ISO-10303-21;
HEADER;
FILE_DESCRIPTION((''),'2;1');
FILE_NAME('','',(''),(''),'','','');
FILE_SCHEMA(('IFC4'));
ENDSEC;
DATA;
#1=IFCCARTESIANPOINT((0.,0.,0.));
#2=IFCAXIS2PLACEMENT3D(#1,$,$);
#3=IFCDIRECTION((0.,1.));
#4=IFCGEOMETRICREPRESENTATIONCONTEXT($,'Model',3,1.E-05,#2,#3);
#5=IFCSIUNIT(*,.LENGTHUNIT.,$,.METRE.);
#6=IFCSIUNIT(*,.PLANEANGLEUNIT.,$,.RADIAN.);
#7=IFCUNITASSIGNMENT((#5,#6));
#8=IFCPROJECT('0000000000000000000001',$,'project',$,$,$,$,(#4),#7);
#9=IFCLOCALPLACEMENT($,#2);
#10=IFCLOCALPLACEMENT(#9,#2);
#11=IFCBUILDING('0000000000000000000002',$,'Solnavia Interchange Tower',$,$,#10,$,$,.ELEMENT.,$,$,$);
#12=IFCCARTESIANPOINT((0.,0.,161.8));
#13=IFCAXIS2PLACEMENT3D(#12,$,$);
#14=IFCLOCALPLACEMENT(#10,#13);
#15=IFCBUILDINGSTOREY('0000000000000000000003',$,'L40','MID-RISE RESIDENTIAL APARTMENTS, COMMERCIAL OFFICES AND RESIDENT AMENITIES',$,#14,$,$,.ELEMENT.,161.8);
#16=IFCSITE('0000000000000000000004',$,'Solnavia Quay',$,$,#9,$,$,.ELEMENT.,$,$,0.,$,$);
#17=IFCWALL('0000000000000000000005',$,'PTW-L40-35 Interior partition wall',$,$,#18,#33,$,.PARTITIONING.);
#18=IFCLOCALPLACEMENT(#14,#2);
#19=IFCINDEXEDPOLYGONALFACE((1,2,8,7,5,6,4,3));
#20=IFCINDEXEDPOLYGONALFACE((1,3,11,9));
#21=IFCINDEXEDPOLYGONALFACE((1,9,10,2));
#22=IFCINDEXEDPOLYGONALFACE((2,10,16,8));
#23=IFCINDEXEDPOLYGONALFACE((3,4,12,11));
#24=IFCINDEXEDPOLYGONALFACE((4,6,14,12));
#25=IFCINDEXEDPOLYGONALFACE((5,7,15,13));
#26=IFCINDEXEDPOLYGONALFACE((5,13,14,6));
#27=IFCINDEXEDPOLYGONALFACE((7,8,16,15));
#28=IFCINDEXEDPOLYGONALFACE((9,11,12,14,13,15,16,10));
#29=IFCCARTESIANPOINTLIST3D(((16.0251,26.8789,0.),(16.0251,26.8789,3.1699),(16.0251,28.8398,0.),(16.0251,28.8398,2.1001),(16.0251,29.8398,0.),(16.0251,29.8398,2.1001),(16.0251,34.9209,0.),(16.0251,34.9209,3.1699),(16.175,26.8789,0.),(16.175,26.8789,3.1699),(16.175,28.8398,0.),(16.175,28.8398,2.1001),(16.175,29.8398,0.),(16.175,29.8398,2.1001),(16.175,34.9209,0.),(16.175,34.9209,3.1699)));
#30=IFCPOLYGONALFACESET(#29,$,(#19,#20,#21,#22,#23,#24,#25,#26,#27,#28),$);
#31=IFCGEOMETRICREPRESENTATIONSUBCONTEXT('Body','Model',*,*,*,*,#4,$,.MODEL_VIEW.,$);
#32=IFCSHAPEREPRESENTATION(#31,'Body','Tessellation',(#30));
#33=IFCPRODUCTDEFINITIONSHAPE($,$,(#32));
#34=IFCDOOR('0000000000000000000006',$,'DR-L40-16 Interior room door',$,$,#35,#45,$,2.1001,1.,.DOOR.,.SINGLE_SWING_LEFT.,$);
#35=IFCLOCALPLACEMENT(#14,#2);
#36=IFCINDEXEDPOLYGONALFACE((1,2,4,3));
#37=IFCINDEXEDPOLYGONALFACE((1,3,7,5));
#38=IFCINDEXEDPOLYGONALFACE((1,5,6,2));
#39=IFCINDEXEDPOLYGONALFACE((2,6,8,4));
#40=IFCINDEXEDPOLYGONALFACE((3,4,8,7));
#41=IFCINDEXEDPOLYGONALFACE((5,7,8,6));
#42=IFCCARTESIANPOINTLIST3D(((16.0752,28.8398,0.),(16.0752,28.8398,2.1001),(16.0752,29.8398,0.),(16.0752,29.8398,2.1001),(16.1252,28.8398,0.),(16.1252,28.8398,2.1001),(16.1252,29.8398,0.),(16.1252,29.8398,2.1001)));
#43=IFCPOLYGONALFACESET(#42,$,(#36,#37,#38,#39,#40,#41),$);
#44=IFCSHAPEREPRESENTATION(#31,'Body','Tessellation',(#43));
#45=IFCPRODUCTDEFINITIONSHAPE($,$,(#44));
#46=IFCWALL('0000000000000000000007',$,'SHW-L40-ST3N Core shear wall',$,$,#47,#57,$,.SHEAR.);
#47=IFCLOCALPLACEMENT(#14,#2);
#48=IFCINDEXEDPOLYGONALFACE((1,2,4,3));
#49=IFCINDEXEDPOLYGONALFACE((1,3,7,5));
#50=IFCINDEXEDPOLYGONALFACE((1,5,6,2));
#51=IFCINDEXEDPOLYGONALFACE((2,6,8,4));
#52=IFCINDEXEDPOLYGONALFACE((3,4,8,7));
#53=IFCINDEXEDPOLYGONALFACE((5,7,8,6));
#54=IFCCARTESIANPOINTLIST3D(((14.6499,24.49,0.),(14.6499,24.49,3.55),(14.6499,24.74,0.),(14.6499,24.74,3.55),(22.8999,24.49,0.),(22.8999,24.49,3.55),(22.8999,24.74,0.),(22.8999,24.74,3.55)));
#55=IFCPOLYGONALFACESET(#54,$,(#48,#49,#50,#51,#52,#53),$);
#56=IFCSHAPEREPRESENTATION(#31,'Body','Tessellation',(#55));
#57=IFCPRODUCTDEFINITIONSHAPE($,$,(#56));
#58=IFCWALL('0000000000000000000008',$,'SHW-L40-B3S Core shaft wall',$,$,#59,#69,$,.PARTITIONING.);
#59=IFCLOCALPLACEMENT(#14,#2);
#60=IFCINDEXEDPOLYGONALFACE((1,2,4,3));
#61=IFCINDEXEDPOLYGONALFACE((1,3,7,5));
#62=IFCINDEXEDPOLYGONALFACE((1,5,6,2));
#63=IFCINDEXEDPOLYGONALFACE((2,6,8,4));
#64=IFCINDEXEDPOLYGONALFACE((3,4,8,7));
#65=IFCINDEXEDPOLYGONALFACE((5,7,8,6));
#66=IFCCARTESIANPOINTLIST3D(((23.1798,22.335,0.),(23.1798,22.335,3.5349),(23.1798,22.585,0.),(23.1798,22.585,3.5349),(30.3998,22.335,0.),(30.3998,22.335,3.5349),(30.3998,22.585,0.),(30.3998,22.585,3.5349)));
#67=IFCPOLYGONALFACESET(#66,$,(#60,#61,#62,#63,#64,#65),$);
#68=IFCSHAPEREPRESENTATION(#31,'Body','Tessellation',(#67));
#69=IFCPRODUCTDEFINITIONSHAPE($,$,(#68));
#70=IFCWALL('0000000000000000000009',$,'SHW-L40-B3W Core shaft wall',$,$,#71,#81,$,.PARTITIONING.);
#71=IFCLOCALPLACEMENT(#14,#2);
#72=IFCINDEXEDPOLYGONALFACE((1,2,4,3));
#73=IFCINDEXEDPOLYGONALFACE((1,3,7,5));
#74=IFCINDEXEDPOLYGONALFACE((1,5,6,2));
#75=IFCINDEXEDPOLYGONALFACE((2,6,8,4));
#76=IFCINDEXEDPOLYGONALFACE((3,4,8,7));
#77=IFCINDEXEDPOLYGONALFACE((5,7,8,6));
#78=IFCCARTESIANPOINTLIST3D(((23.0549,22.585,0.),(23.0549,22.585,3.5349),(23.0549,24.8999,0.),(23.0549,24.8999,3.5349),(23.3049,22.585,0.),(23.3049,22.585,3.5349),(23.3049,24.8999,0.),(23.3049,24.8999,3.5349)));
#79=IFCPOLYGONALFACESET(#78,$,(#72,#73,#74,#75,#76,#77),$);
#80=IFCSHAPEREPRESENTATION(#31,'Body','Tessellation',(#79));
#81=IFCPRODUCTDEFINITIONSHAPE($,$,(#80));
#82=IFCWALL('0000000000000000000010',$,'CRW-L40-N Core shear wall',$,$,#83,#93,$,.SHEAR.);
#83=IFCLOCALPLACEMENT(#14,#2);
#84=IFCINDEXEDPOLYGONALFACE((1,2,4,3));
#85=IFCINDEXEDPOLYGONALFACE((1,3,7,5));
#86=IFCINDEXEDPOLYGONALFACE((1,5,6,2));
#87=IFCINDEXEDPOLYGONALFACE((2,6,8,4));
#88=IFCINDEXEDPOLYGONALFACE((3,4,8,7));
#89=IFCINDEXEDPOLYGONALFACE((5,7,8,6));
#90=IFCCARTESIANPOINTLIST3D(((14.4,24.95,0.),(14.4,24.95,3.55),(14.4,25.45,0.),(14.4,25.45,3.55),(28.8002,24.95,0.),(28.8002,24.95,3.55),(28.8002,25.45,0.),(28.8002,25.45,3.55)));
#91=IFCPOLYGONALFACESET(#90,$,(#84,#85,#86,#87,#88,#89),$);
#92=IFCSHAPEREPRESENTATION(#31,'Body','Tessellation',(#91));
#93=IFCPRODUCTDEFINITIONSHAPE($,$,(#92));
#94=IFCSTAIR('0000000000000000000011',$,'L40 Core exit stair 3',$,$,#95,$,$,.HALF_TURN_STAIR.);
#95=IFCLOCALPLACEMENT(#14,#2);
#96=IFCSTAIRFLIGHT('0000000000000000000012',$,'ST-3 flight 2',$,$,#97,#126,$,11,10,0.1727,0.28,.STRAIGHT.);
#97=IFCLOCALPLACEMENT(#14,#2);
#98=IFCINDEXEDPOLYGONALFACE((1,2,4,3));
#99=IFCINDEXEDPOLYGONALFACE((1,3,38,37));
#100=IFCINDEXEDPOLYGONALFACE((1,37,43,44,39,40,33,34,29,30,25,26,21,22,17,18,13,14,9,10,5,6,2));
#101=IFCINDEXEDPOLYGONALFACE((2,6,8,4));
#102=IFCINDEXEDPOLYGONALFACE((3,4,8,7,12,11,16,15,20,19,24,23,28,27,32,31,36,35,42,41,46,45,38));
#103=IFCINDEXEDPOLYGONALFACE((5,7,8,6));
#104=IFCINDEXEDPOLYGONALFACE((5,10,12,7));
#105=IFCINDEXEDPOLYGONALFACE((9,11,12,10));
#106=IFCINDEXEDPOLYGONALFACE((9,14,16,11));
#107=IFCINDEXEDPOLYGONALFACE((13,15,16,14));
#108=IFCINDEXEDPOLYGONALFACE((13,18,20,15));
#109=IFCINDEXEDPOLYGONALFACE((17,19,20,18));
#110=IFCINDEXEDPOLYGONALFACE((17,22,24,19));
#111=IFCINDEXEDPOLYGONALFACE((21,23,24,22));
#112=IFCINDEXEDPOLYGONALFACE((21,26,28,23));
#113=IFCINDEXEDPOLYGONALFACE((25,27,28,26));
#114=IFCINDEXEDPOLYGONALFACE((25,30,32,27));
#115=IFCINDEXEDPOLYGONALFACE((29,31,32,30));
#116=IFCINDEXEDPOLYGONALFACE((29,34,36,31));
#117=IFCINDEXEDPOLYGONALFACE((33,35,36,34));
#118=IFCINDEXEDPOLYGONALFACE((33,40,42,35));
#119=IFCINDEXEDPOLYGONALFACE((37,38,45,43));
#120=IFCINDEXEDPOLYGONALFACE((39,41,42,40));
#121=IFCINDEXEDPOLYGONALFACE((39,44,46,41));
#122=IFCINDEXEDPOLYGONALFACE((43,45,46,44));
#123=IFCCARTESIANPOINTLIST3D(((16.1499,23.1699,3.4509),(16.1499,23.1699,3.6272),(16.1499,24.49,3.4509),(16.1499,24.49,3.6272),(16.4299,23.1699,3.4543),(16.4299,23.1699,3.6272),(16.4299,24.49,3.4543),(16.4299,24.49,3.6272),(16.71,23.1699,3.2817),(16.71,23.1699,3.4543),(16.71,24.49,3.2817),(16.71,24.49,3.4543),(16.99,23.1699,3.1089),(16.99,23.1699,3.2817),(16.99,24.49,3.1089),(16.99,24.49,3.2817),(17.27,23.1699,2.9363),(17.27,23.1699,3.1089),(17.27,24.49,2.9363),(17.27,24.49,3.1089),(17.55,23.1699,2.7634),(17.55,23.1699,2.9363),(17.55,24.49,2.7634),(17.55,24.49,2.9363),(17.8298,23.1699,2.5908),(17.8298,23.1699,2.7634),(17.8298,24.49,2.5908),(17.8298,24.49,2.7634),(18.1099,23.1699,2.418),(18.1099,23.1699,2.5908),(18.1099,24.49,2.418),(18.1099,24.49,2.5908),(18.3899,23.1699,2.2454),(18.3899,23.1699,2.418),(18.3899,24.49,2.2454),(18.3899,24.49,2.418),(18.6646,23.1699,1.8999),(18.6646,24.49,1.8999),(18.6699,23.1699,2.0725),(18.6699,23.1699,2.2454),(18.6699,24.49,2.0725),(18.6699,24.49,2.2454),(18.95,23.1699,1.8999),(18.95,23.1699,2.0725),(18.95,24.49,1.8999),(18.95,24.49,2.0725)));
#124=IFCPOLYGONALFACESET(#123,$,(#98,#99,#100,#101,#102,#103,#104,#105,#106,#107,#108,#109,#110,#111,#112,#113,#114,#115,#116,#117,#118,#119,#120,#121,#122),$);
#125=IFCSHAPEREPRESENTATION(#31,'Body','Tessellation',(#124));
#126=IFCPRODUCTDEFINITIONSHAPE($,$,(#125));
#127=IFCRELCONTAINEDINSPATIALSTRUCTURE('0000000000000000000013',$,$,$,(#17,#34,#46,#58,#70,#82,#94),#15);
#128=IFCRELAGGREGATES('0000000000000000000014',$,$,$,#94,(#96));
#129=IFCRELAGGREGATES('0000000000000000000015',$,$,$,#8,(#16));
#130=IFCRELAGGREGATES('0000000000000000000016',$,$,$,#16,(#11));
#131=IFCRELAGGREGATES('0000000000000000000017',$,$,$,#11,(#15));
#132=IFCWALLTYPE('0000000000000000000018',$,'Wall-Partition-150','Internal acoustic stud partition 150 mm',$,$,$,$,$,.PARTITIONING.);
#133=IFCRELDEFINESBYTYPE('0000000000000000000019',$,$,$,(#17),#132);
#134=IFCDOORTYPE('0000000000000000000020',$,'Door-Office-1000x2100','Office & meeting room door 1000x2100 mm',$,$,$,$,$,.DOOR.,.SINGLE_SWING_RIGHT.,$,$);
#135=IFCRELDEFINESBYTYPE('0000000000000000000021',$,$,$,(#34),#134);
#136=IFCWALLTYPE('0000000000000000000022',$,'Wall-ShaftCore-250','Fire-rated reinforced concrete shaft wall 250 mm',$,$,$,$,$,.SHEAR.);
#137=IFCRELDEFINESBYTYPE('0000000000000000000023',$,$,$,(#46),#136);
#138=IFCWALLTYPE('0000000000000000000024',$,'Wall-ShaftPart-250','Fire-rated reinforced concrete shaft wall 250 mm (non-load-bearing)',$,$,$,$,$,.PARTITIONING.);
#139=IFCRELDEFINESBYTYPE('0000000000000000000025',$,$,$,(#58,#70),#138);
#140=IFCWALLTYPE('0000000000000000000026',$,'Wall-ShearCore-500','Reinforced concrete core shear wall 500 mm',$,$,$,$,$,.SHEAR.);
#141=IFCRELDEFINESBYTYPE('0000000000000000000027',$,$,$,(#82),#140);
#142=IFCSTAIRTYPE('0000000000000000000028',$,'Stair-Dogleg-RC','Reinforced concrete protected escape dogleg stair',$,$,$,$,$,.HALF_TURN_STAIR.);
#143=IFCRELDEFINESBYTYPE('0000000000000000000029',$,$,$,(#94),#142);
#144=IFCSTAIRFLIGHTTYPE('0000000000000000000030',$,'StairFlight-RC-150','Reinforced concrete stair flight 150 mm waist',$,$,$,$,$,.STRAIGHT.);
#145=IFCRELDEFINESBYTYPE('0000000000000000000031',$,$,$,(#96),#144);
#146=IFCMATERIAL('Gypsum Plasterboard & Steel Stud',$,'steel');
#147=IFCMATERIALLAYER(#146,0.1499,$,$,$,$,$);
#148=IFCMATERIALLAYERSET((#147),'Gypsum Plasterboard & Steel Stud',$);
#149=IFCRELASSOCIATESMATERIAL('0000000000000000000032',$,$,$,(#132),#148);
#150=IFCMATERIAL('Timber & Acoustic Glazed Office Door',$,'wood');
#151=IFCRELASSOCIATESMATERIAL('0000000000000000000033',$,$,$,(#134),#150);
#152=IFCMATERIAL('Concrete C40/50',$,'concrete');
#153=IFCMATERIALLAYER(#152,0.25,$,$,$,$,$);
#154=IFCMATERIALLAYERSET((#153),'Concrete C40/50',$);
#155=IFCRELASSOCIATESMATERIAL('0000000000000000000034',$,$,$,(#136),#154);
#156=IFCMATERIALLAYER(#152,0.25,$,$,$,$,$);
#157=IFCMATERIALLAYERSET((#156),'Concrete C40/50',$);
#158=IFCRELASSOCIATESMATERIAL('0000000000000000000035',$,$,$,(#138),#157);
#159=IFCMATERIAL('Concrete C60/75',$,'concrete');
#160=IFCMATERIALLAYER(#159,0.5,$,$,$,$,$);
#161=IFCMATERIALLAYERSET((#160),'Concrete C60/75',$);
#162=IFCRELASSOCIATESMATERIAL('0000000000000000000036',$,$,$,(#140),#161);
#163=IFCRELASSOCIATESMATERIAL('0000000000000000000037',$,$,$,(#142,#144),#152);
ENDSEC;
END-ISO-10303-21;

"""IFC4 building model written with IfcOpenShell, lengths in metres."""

from ifc_helpers import new_model, si_unit, direction, frame, frame_2d, origin, place, context, subcontext, project, spatial, polyline, rectangle, outline, extrude, material, layer, layer_set, type_object, element, fill, aggregate, save


model = new_model("IFC4")

# Units and contexts
model_context = context("Model", 3, precision=1e-05, world=origin(), true_north=direction((0.0, 1.0)))
body_context = subcontext(model_context, "Body", "Model", "MODEL_VIEW")
ifc_project = project(units=[si_unit("LENGTHUNIT", "METRE"), si_unit("PLANEANGLEUNIT", "RADIAN")], contexts=[model_context])

# Site, building, storey
site_placement = place(None, origin())
site = spatial("IfcSite", under=ifc_project, at=site_placement, Name="Solnavia Quay", CompositionType="ELEMENT", RefElevation=0.0)
building_placement = place(site_placement, origin())
building = spatial("IfcBuilding", under=site, at=building_placement, Name="Solnavia Interchange Tower", CompositionType="ELEMENT")
storey_placement = place(building_placement, frame((0.0, 0.0, 161.8)))
storey = spatial("IfcBuildingStorey", under=building, at=storey_placement, Name="L40", Description="MID-RISE RESIDENTIAL APARTMENTS, COMMERCIAL OFFICES AND RESIDENT AMENITIES", CompositionType="ELEMENT", Elevation=161.8)

# Shared definitions
ifc_material_1 = material(Name="Gypsum Plasterboard & Steel Stud", Category="steel")
ifc_layer_1 = layer(ifc_material_1, 0.1499)
ifc_layer_set_1 = layer_set([ifc_layer_1], Name="Gypsum Plasterboard & Steel Stud")
wall_type_1 = type_object("IfcWallType", Name="Wall-Partition-150", Description="Internal acoustic stud partition 150 mm", PredefinedType="PARTITIONING", material=ifc_layer_set_1)

# Wall, opening, door
wall_1_placement = place(storey_placement, frame((16.1001, 26.8789, 0.0), z_axis=(0.0, 0.0, 1.0), x_axis=(0.0, 1.0, 0.0)))
wall_1 = element("IfcWall", 1, at=wall_1_placement, inside=storey, type_object=wall_type_1, Name="PTW-L40-35 Interior partition wall", PredefinedType="PARTITIONING", context=body_context, shape_type="SweptSolid", body=[
    extrude(rectangle(XDim=8.042, YDim=0.1499, at=frame_2d((4.021, 0.0))), origin(), (0.0, 0.0, 1.0), 3.1699),
])
opening_placement = place(wall_1_placement, frame((1.9609, 0.0, 0.0)))
opening = element("IfcOpeningElement", 2, at=opening_placement, cuts=wall_1, PredefinedType="OPENING", context=body_context, shape_type="SweptSolid", body=[
    extrude(rectangle(XDim=1.0, YDim=2.1001, at=frame_2d((0.5, 1.05))), frame((0.0, 0.085, 0.0), z_axis=(0.0, -1.0, 0.0), x_axis=(1.0, 0.0, 0.0)), (0.0, 0.0, 1.0), 0.1699),
])
ifc_material_2 = material(Name="Timber & Acoustic Glazed Office Door", Category="wood")
door_type = type_object("IfcDoorType", Name="Door-Office-1000x2100", Description="Office & meeting room door 1000x2100 mm", OperationType="SINGLE_SWING_RIGHT", PredefinedType="DOOR", material=ifc_material_2)
door_placement = place(opening_placement, origin())
door = element("IfcDoor", 3, at=door_placement, inside=storey, type_object=door_type, Name="DR-L40-16 Interior room door", OperationType="SINGLE_SWING_LEFT", OverallHeight=2.1001, OverallWidth=1.0, PredefinedType="DOOR", context=body_context, shape_type="SweptSolid", body=[
    extrude(rectangle(XDim=1.0, YDim=2.1001, at=frame_2d((0.5, 1.05))), frame((0.0, 0.0249, 0.0), z_axis=(0.0, -1.0, 0.0), x_axis=(1.0, 0.0, 0.0)), (0.0, 0.0, 1.0), 0.05),
])
fill(opening, door)

# Walls
ifc_material_3 = material(Name="Concrete C40/50", Category="concrete")
ifc_layer_2 = layer(ifc_material_3, 0.25)
ifc_layer_set_2 = layer_set([ifc_layer_2], Name="Concrete C40/50")
wall_type_2 = type_object("IfcWallType", Name="Wall-ShaftCore-250", Description="Fire-rated reinforced concrete shaft wall 250 mm", PredefinedType="SHEAR", material=ifc_layer_set_2)
wall_2_placement = place(storey_placement, frame((14.6499, 24.615, 0.0), z_axis=(0.0, 0.0, 1.0), x_axis=(1.0, 0.0, 0.0)))
element("IfcWall", 4, at=wall_2_placement, inside=storey, type_object=wall_type_2, Name="SHW-L40-ST3N Core shear wall", PredefinedType="SHEAR", context=body_context, shape_type="SweptSolid", body=[
    extrude(rectangle(XDim=8.25, YDim=0.25, at=frame_2d((4.125, 0.0))), origin(), (0.0, 0.0, 1.0), 3.55),
])
ifc_layer_3 = layer(ifc_material_3, 0.25)
ifc_layer_set_3 = layer_set([ifc_layer_3], Name="Concrete C40/50")
wall_type_3 = type_object("IfcWallType", Name="Wall-ShaftPart-250", Description="Fire-rated reinforced concrete shaft wall 250 mm (non-load-bearing)", PredefinedType="PARTITIONING", material=ifc_layer_set_3)
wall_3_placement = place(storey_placement, frame((23.1799, 22.46, 0.0), z_axis=(0.0, 0.0, 1.0), x_axis=(1.0, 0.0, 0.0)))
element("IfcWall", 5, at=wall_3_placement, inside=storey, type_object=wall_type_3, Name="SHW-L40-B3S Core shaft wall", PredefinedType="PARTITIONING", context=body_context, shape_type="SweptSolid", body=[
    extrude(rectangle(XDim=7.22, YDim=0.25, at=frame_2d((3.6099, 0.0))), origin(), (0.0, 0.0, 1.0), 3.5349),
])
wall_4_placement = place(storey_placement, frame((23.1799, 22.585, 0.0), z_axis=(0.0, 0.0, 1.0), x_axis=(0.0, 1.0, 0.0)))
element("IfcWall", 6, at=wall_4_placement, inside=storey, type_object=wall_type_3, Name="SHW-L40-B3W Core shaft wall", PredefinedType="PARTITIONING", context=body_context, shape_type="SweptSolid", body=[
    extrude(rectangle(XDim=2.3149, YDim=0.25, at=frame_2d((1.1575, 0.0))), origin(), (0.0, 0.0, 1.0), 3.5349),
])
ifc_material_4 = material(Name="Concrete C60/75", Category="concrete")
ifc_layer_4 = layer(ifc_material_4, 0.5)
ifc_layer_set_4 = layer_set([ifc_layer_4], Name="Concrete C60/75")
wall_type_4 = type_object("IfcWallType", Name="Wall-ShearCore-500", Description="Reinforced concrete core shear wall 500 mm", PredefinedType="SHEAR", material=ifc_layer_set_4)
wall_5_placement = place(storey_placement, frame((14.3999, 25.2, 0.0), z_axis=(0.0, 0.0, 1.0), x_axis=(1.0, 0.0, 0.0)))
element("IfcWall", 7, at=wall_5_placement, inside=storey, type_object=wall_type_4, Name="CRW-L40-N Core shear wall", PredefinedType="SHEAR", context=body_context, shape_type="SweptSolid", body=[
    extrude(rectangle(XDim=14.4001, YDim=0.5, at=frame_2d((7.2002, 0.0))), origin(), (0.0, 0.0, 1.0), 3.55),
])

# Stair, stair flight
stair_type = type_object("IfcStairType", Name="Stair-Dogleg-RC", Description="Reinforced concrete protected escape dogleg stair", PredefinedType="HALF_TURN_STAIR", material=ifc_material_3)
stair_placement = place(storey_placement, origin())
stair = element("IfcStair", 8, at=stair_placement, inside=storey, type_object=stair_type, Name="L40 Core exit stair 3", PredefinedType="HALF_TURN_STAIR")
stair_flight_type = type_object("IfcStairFlightType", Name="StairFlight-RC-150", Description="Reinforced concrete stair flight 150 mm waist", PredefinedType="STRAIGHT", material=ifc_material_3)
stair_flight_placement = place(storey_placement, frame((18.95, 23.8301, 1.8999), z_axis=(0.0, 0.0, 1.0), x_axis=(-1.0, 0.0, 0.0)))
stair_flight = element("IfcStairFlight", 9, at=stair_flight_placement, type_object=stair_flight_type, Name="ST-3 flight 2", NumberOfRisers=11, NumberOfTreads=10, PredefinedType="STRAIGHT", RiserHeight=0.1727, TreadLength=0.28, context=body_context, shape_type="SweptSolid", body=[
    extrude(outline(polyline([(0.0, 0.0), (0.0, 0.1726), (0.28, 0.1726), (0.28, 0.3455), (0.5601, 0.3455), (0.5601, 0.5181), (0.8401, 0.5181), (0.8401, 0.6909), (1.1201, 0.6909), (1.1201, 0.8635), (1.3999, 0.8635), (1.3999, 1.0364), (1.6799, 1.0364), (1.6799, 1.209), (1.96, 1.209), (1.96, 1.3818), (2.24, 1.3818), (2.24, 1.5544), (2.52, 1.5544), (2.52, 1.7273), (2.8, 1.7273), (2.8, 1.8999), (2.8, 1.551), (0.2854, 0.0), (0.0, 0.0)])), frame((0.0, 0.6602, 0.0), z_axis=(0.0, -1.0, 0.0), x_axis=(1.0, 0.0, 0.0)), (0.0, 0.0, 1.0), 1.3201),
])
aggregate(stair, [stair_flight])

save(model, "model.ifc")
